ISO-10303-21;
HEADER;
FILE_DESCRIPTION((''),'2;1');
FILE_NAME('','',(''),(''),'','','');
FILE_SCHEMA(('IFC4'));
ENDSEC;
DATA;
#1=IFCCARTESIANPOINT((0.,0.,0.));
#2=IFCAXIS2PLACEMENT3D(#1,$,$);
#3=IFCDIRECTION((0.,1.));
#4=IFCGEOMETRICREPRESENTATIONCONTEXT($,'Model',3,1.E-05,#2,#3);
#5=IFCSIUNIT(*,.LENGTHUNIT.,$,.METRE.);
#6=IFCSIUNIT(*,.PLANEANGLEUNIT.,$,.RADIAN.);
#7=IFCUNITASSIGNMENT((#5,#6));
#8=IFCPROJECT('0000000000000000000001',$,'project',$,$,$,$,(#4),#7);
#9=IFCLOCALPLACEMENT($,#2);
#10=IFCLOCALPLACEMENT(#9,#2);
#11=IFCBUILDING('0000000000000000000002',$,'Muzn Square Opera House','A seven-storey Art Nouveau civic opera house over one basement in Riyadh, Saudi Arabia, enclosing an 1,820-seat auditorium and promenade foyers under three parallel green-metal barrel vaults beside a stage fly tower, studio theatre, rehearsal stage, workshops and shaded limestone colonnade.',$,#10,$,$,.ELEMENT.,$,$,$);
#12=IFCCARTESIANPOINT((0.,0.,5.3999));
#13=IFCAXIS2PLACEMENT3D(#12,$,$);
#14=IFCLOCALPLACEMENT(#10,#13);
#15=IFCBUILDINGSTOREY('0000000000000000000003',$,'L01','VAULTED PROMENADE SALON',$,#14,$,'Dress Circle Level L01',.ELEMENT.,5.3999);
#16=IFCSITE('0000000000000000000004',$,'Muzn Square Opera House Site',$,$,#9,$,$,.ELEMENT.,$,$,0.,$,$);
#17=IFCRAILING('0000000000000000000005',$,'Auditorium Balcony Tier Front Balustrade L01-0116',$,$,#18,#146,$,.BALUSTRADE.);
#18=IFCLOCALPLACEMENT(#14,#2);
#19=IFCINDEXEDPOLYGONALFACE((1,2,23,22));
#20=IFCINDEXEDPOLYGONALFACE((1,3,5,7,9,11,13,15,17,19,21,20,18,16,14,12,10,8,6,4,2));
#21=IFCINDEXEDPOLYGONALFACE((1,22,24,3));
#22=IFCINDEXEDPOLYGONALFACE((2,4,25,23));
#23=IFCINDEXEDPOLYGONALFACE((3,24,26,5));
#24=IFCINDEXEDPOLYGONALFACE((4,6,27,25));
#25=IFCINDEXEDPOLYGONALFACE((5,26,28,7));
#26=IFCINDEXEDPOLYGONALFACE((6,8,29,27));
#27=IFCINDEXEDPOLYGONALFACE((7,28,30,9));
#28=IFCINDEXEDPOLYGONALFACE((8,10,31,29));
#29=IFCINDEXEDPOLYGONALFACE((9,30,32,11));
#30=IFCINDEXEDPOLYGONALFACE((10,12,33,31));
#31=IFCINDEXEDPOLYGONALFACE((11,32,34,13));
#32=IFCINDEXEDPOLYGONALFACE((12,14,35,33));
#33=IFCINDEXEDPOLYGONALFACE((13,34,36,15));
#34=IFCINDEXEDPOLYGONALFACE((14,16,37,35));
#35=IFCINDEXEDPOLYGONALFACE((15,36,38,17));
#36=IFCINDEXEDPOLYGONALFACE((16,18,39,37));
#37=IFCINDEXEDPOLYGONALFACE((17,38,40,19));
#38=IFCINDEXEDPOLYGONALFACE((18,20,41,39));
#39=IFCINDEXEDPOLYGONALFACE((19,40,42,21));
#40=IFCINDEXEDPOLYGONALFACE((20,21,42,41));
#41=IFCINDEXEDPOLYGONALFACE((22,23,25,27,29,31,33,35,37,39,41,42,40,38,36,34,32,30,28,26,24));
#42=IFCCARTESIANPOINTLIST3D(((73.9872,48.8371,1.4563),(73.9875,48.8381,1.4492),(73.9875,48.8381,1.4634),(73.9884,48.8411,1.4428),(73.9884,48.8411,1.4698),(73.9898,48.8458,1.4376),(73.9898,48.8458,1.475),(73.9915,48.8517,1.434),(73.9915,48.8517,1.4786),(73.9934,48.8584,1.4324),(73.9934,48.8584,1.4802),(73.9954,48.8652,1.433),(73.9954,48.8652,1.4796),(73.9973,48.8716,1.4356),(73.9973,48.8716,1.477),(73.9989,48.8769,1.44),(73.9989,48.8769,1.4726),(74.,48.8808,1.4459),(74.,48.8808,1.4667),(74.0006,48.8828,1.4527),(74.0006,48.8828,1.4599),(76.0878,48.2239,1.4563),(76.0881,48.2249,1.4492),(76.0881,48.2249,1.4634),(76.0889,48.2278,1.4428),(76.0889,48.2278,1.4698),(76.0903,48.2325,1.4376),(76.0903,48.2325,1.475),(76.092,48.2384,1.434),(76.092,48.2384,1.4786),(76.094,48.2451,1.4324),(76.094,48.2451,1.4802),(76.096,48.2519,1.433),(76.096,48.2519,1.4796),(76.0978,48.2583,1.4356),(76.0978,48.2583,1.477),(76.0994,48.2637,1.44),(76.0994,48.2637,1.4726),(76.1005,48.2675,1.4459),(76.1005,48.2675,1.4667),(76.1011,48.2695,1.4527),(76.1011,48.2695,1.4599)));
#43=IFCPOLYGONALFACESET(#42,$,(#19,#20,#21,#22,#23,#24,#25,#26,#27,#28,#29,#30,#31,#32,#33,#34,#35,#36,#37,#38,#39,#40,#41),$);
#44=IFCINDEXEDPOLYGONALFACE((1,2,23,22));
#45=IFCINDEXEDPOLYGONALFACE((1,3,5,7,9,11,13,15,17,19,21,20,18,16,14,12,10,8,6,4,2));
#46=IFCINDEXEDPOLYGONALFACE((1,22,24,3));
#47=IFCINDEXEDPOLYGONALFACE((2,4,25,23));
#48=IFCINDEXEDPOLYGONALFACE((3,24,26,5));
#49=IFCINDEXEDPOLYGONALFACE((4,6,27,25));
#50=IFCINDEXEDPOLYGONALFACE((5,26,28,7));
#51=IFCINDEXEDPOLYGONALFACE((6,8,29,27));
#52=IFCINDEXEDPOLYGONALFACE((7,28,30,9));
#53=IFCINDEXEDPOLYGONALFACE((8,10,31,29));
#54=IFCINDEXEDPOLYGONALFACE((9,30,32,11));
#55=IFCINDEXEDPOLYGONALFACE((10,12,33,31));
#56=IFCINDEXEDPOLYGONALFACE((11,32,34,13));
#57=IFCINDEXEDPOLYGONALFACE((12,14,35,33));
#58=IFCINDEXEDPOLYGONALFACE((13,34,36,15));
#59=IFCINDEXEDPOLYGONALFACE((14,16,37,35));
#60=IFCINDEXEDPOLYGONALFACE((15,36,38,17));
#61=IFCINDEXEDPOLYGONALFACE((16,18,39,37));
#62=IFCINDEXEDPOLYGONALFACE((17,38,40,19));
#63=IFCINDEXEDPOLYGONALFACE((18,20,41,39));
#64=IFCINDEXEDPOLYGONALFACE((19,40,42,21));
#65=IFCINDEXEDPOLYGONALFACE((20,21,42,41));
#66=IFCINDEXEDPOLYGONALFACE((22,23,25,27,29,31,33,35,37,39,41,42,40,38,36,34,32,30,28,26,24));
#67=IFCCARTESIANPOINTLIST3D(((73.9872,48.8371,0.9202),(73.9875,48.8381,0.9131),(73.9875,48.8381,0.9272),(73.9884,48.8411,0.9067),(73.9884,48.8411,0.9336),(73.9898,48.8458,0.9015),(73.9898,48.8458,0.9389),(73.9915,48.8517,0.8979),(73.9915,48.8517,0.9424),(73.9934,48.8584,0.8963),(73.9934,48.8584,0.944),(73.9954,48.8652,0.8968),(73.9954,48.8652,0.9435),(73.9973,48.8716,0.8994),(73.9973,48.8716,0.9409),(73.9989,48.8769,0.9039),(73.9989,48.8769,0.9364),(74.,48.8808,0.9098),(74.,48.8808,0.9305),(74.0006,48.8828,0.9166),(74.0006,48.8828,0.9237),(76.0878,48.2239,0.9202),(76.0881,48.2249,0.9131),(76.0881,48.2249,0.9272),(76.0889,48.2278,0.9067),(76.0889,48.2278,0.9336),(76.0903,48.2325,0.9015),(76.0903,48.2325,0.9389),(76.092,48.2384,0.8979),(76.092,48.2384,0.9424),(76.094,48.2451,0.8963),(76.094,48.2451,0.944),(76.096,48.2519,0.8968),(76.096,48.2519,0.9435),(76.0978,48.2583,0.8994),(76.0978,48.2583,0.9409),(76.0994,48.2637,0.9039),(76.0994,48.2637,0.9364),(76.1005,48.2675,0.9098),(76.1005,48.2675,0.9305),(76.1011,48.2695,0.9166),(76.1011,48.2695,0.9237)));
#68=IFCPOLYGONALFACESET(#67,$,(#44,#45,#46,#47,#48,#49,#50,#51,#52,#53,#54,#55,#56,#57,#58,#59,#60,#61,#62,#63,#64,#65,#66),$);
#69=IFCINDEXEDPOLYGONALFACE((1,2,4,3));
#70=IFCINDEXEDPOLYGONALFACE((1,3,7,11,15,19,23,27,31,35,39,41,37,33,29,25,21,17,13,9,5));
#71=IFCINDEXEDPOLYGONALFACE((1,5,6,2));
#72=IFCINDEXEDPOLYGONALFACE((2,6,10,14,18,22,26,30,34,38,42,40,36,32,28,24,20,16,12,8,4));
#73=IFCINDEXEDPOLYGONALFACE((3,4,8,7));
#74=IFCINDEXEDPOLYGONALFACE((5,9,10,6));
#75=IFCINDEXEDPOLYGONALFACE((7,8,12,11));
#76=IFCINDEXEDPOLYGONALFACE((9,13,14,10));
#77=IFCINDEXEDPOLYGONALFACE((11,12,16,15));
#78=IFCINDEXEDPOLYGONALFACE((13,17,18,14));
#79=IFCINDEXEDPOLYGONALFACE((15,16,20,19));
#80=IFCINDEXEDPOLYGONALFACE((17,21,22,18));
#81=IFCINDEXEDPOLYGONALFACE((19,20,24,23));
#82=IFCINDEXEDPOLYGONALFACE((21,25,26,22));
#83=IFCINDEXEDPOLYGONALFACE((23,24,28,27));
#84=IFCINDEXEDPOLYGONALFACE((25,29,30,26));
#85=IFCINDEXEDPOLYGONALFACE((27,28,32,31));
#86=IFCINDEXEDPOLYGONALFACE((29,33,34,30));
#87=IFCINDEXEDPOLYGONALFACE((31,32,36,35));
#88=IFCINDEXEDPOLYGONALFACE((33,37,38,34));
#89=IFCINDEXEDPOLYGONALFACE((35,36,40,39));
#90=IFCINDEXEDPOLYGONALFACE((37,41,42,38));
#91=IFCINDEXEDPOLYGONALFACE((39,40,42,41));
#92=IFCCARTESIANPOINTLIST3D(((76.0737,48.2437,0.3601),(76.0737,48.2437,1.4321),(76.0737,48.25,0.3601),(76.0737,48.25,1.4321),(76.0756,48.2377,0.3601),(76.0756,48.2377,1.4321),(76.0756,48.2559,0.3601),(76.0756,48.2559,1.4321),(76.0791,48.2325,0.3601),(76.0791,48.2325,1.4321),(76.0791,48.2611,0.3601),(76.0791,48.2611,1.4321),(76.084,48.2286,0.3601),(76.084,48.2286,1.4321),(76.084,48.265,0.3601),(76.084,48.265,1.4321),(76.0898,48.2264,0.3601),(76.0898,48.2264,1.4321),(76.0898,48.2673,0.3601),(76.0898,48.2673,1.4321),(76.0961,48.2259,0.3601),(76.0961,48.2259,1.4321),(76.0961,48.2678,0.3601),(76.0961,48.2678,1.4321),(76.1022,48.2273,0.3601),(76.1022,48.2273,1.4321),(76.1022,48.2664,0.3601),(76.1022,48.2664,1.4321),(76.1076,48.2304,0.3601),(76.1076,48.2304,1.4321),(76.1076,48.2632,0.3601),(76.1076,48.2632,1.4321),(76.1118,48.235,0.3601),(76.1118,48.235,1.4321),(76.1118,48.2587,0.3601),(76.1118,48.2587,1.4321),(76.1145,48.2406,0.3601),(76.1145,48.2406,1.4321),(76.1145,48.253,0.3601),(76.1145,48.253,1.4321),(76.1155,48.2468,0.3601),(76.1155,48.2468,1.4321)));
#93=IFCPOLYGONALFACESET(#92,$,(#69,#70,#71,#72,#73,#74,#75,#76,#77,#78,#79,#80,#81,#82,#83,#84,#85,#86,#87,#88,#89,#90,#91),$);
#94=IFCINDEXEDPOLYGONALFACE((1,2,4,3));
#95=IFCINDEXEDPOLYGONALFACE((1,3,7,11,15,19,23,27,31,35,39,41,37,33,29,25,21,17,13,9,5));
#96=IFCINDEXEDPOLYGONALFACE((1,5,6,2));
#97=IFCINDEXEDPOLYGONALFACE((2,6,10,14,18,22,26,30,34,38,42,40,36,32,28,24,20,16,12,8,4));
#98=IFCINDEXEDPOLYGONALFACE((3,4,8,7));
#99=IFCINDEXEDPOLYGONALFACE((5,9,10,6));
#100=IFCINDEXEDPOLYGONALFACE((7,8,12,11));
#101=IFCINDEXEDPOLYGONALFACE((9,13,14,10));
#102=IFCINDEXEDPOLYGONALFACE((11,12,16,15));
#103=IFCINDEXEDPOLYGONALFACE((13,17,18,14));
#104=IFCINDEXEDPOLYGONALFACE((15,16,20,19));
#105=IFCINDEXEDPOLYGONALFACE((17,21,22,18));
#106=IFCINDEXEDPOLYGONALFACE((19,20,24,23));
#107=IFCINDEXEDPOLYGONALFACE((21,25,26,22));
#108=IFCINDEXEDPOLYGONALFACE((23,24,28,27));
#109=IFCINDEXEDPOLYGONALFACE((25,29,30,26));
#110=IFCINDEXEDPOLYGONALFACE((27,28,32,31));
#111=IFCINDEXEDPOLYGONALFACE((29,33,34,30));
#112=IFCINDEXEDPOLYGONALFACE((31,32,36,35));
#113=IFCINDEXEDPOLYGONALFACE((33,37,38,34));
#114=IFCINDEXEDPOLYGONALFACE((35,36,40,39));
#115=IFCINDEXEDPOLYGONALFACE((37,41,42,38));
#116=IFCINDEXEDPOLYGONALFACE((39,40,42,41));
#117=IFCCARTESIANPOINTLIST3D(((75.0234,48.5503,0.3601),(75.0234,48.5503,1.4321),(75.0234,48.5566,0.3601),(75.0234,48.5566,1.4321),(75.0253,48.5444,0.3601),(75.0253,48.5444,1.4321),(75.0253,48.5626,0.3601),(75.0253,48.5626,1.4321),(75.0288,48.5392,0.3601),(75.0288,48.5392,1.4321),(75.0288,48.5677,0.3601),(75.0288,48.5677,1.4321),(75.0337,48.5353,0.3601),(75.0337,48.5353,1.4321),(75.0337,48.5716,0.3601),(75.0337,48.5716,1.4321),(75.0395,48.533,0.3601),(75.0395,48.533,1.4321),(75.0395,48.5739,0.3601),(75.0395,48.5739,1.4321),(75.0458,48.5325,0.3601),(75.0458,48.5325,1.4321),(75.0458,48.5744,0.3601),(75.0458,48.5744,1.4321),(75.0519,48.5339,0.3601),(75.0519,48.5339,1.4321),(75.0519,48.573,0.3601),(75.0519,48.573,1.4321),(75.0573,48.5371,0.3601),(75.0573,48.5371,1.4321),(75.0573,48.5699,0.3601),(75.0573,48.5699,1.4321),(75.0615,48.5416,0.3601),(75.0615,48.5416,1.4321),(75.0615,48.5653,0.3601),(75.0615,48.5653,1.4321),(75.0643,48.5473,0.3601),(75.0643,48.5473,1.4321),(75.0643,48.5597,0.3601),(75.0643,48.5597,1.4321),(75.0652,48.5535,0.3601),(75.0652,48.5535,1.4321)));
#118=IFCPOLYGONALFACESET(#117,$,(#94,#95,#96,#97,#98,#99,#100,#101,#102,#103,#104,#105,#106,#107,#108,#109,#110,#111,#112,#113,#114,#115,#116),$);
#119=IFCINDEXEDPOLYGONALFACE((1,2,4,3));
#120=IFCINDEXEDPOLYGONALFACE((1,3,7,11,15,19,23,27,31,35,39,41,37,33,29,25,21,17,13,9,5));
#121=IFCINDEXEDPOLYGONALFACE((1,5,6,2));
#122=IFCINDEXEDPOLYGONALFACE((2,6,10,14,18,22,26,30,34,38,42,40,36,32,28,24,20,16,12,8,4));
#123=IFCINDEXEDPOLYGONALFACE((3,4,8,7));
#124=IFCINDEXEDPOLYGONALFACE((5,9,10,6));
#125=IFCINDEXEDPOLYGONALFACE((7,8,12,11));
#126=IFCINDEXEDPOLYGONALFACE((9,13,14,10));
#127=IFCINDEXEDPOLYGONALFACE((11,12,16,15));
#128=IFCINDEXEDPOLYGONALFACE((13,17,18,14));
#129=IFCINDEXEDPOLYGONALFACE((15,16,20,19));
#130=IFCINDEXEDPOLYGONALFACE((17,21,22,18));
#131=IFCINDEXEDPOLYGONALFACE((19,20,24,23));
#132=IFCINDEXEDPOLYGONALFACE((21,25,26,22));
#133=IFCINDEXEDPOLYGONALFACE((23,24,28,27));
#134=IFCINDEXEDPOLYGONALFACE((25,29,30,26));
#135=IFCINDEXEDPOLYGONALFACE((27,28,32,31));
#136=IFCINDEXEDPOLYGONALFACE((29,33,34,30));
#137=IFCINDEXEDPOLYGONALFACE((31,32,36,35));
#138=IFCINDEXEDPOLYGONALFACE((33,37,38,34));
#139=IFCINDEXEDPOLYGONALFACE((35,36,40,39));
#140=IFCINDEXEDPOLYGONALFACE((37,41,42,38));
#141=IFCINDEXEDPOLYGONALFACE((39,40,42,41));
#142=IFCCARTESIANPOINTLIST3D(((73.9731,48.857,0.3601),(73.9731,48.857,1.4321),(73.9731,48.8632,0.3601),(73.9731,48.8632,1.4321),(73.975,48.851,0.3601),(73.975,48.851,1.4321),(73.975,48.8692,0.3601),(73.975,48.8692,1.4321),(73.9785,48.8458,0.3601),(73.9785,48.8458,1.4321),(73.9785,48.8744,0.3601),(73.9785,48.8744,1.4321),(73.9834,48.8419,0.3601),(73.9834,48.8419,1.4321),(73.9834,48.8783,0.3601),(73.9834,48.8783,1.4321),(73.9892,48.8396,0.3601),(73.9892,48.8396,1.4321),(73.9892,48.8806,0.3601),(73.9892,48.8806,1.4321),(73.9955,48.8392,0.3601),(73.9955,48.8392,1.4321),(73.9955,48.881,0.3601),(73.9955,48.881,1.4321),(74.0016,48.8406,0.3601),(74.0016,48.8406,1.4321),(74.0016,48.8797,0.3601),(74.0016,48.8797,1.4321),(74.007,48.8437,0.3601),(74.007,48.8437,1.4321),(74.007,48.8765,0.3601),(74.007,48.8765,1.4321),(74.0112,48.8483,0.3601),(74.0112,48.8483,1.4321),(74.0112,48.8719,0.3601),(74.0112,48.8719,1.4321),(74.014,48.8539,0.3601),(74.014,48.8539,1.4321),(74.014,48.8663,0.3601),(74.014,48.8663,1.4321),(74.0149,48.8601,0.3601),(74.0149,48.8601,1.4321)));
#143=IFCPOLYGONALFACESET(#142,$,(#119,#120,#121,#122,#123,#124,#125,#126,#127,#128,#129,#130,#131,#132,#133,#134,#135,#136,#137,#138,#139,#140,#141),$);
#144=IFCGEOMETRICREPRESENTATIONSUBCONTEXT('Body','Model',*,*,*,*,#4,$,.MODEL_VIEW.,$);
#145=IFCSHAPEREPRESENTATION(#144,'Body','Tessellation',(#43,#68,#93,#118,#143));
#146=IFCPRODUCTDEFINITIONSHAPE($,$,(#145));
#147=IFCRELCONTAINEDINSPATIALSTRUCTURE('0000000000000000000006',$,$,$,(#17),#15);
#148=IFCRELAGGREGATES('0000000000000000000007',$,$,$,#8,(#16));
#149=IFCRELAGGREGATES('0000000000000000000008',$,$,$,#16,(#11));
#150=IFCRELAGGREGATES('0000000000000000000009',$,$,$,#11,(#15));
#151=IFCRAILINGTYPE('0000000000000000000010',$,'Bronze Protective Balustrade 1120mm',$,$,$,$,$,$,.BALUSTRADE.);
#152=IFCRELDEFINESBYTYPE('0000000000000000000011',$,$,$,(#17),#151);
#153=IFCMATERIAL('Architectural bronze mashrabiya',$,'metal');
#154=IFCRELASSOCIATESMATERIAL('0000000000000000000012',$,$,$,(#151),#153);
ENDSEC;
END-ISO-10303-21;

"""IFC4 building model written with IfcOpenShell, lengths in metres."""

from ifc_helpers import new_model, si_unit, direction, frame, origin, origin_2d, place, context, subcontext, project, spatial, circle, extrude, material, type_object, element, save


model = new_model("IFC4")

# Units and contexts
model_context = context("Model", 3, precision=1e-05, world=origin(), true_north=direction((0.0, 1.0)))
body_context = subcontext(model_context, "Body", "Model", "MODEL_VIEW")
ifc_project = project(units=[si_unit("LENGTHUNIT", "METRE"), si_unit("PLANEANGLEUNIT", "RADIAN")], contexts=[model_context])

# Site, building, storey
site_placement = place(None, origin())
site = spatial("IfcSite", under=ifc_project, at=site_placement, Name="Muzn Square Opera House Site", CompositionType="ELEMENT", RefElevation=0.0)
building_placement = place(site_placement, origin())
building = spatial("IfcBuilding", under=site, at=building_placement, Name="Muzn Square Opera House", Description="A seven-storey Art Nouveau civic opera house over one basement in Riyadh, Saudi Arabia, enclosing an 1,820-seat auditorium and promenade foyers under three parallel green-metal barrel vaults beside a stage fly tower, studio theatre, rehearsal stage, workshops and shaded limestone colonnade.", CompositionType="ELEMENT")
storey_placement = place(building_placement, frame((0.0, 0.0, 5.3999)))
storey = spatial("IfcBuildingStorey", under=building, at=storey_placement, Name="L01", Description="VAULTED PROMENADE SALON", LongName="Dress Circle Level L01", CompositionType="ELEMENT", Elevation=5.3999)

# Railing
ifc_material_1 = material(Name="Architectural bronze mashrabiya", Category="metal")
railing_type = type_object("IfcRailingType", Name="Bronze Protective Balustrade 1120mm", PredefinedType="BALUSTRADE", material=ifc_material_1)
railing_1_placement = place(storey_placement, frame((76.0945, 48.2468, 0.3601)))
element("IfcRailing", 1, at=railing_1_placement, inside=storey, type_object=railing_type, Name="Auditorium Balcony Tier Front Balustrade L01-0116", PredefinedType="BALUSTRADE", context=body_context, shape_type="SweptSolid", body=[
    extrude(circle(Radius=0.0239, at=origin_2d()), frame((0.0, 0.0, 1.0962), z_axis=(-0.959925, 0.280257, 0.0), x_axis=(-0.280257, -0.959925, 0.0)), (0.0, 0.0, 1.0), 2.1882),
    extrude(circle(Radius=0.0239, at=origin_2d()), frame((0.0, 0.0, 0.5601), z_axis=(-0.959925, 0.280257, 0.0), x_axis=(-0.280257, -0.959925, 0.0)), (0.0, 0.0, 1.0), 2.1882),
    extrude(circle(Radius=0.021, at=origin_2d()), origin(), (0.0, 0.0, 1.0), 1.072),
    extrude(circle(Radius=0.021, at=origin_2d()), frame((-1.0503, 0.3066, 0.0)), (0.0, 0.0, 1.0), 1.072),
    extrude(circle(Radius=0.021, at=origin_2d()), frame((-2.1006, 0.6133, 0.0)), (0.0, 0.0, 1.0), 1.072),
])

save(model, "model.ifc")
